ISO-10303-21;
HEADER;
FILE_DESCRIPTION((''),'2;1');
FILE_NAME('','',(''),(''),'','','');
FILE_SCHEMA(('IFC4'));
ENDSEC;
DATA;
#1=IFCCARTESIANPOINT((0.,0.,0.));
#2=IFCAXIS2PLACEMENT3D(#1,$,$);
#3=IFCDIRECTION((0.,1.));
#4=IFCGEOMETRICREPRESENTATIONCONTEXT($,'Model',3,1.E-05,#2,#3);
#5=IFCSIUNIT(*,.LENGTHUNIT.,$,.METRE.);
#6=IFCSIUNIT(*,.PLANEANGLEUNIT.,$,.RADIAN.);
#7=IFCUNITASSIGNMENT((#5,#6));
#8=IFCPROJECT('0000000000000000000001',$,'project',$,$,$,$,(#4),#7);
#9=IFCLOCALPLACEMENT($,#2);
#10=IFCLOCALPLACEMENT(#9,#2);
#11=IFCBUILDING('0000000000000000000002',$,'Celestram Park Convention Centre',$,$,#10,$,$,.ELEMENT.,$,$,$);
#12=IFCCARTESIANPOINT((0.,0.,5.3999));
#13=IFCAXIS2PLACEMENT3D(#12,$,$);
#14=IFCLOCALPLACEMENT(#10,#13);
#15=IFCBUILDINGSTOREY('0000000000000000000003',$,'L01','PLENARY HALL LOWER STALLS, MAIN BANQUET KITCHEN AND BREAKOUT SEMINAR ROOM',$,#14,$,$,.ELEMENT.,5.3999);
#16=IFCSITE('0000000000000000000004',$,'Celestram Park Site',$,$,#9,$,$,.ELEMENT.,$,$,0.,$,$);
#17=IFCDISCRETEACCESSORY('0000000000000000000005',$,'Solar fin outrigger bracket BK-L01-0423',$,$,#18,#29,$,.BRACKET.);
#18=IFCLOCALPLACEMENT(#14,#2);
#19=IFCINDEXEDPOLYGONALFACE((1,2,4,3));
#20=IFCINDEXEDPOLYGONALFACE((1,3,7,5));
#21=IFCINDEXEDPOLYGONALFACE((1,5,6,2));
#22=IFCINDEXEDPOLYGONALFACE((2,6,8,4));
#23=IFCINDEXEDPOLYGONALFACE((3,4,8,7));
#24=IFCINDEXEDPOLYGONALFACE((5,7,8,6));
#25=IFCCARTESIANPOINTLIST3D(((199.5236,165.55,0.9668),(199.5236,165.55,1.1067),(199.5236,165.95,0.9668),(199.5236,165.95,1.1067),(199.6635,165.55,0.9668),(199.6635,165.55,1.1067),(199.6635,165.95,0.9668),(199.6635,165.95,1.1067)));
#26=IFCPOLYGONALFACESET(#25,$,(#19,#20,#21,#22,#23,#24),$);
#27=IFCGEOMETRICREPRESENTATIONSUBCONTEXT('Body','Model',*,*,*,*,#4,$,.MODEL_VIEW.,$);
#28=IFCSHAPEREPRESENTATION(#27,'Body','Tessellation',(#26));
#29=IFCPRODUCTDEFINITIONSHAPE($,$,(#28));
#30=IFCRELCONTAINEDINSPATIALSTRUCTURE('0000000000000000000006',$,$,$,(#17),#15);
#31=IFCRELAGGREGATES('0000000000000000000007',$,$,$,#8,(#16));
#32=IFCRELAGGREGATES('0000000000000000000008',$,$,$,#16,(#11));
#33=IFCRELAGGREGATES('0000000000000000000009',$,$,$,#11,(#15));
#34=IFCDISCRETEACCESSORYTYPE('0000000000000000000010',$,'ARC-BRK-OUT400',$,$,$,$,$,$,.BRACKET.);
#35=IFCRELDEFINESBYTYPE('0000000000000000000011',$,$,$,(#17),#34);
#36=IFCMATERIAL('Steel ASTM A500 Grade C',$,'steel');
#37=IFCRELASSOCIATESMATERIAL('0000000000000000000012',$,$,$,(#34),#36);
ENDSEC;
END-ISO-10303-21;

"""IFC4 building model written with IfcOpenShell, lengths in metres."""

from ifc_helpers import new_model, si_unit, direction, frame, origin, origin_2d, place, context, subcontext, project, spatial, rectangle, extrude, material, type_object, element, save


model = new_model("IFC4")

# Units and contexts
model_context = context("Model", 3, precision=1e-05, world=origin(), true_north=direction((0.0, 1.0)))
body_context = subcontext(model_context, "Body", "Model", "MODEL_VIEW")
ifc_project = project(units=[si_unit("LENGTHUNIT", "METRE"), si_unit("PLANEANGLEUNIT", "RADIAN")], contexts=[model_context])

# Site, building, storey
site_placement = place(None, origin())
site = spatial("IfcSite", under=ifc_project, at=site_placement, Name="Celestram Park Site", CompositionType="ELEMENT", RefElevation=0.0)
building_placement = place(site_placement, origin())
building = spatial("IfcBuilding", under=site, at=building_placement, Name="Celestram Park Convention Centre", CompositionType="ELEMENT")
storey_placement = place(building_placement, frame((0.0, 0.0, 5.3999)))
storey = spatial("IfcBuildingStorey", under=building, at=storey_placement, Name="L01", Description="PLENARY HALL LOWER STALLS, MAIN BANQUET KITCHEN AND BREAKOUT SEMINAR ROOM", CompositionType="ELEMENT", Elevation=5.3999)

# Shared definitions
ifc_material_1 = material(Name="Steel ASTM A500 Grade C", Category="steel")

# Discrete accessory
discrete_accessory_type = type_object("IfcDiscreteAccessoryType", Name="ARC-BRK-OUT400", PredefinedType="BRACKET", material=ifc_material_1)
for number, where, z_axis, x_axis, name in (
    (1, (199.5935, 165.75, 0.9668), (0.0, 0.0, 1.0), (0.0, 1.0, 0.0), "Solar fin outrigger bracket BK-L01-0423"),
):
    element("IfcDiscreteAccessory", number, at=place(storey_placement, frame(where, z_axis=z_axis, x_axis=x_axis)), inside=storey, type_object=discrete_accessory_type, Name=name, PredefinedType="BRACKET", context=body_context, shape_type="SweptSolid", body=[
        extrude(rectangle(XDim=0.3999, YDim=0.1399, at=origin_2d()), origin(), (0.0, 0.0, 1.0), 0.1399),
    ])

save(model, "model.ifc")
